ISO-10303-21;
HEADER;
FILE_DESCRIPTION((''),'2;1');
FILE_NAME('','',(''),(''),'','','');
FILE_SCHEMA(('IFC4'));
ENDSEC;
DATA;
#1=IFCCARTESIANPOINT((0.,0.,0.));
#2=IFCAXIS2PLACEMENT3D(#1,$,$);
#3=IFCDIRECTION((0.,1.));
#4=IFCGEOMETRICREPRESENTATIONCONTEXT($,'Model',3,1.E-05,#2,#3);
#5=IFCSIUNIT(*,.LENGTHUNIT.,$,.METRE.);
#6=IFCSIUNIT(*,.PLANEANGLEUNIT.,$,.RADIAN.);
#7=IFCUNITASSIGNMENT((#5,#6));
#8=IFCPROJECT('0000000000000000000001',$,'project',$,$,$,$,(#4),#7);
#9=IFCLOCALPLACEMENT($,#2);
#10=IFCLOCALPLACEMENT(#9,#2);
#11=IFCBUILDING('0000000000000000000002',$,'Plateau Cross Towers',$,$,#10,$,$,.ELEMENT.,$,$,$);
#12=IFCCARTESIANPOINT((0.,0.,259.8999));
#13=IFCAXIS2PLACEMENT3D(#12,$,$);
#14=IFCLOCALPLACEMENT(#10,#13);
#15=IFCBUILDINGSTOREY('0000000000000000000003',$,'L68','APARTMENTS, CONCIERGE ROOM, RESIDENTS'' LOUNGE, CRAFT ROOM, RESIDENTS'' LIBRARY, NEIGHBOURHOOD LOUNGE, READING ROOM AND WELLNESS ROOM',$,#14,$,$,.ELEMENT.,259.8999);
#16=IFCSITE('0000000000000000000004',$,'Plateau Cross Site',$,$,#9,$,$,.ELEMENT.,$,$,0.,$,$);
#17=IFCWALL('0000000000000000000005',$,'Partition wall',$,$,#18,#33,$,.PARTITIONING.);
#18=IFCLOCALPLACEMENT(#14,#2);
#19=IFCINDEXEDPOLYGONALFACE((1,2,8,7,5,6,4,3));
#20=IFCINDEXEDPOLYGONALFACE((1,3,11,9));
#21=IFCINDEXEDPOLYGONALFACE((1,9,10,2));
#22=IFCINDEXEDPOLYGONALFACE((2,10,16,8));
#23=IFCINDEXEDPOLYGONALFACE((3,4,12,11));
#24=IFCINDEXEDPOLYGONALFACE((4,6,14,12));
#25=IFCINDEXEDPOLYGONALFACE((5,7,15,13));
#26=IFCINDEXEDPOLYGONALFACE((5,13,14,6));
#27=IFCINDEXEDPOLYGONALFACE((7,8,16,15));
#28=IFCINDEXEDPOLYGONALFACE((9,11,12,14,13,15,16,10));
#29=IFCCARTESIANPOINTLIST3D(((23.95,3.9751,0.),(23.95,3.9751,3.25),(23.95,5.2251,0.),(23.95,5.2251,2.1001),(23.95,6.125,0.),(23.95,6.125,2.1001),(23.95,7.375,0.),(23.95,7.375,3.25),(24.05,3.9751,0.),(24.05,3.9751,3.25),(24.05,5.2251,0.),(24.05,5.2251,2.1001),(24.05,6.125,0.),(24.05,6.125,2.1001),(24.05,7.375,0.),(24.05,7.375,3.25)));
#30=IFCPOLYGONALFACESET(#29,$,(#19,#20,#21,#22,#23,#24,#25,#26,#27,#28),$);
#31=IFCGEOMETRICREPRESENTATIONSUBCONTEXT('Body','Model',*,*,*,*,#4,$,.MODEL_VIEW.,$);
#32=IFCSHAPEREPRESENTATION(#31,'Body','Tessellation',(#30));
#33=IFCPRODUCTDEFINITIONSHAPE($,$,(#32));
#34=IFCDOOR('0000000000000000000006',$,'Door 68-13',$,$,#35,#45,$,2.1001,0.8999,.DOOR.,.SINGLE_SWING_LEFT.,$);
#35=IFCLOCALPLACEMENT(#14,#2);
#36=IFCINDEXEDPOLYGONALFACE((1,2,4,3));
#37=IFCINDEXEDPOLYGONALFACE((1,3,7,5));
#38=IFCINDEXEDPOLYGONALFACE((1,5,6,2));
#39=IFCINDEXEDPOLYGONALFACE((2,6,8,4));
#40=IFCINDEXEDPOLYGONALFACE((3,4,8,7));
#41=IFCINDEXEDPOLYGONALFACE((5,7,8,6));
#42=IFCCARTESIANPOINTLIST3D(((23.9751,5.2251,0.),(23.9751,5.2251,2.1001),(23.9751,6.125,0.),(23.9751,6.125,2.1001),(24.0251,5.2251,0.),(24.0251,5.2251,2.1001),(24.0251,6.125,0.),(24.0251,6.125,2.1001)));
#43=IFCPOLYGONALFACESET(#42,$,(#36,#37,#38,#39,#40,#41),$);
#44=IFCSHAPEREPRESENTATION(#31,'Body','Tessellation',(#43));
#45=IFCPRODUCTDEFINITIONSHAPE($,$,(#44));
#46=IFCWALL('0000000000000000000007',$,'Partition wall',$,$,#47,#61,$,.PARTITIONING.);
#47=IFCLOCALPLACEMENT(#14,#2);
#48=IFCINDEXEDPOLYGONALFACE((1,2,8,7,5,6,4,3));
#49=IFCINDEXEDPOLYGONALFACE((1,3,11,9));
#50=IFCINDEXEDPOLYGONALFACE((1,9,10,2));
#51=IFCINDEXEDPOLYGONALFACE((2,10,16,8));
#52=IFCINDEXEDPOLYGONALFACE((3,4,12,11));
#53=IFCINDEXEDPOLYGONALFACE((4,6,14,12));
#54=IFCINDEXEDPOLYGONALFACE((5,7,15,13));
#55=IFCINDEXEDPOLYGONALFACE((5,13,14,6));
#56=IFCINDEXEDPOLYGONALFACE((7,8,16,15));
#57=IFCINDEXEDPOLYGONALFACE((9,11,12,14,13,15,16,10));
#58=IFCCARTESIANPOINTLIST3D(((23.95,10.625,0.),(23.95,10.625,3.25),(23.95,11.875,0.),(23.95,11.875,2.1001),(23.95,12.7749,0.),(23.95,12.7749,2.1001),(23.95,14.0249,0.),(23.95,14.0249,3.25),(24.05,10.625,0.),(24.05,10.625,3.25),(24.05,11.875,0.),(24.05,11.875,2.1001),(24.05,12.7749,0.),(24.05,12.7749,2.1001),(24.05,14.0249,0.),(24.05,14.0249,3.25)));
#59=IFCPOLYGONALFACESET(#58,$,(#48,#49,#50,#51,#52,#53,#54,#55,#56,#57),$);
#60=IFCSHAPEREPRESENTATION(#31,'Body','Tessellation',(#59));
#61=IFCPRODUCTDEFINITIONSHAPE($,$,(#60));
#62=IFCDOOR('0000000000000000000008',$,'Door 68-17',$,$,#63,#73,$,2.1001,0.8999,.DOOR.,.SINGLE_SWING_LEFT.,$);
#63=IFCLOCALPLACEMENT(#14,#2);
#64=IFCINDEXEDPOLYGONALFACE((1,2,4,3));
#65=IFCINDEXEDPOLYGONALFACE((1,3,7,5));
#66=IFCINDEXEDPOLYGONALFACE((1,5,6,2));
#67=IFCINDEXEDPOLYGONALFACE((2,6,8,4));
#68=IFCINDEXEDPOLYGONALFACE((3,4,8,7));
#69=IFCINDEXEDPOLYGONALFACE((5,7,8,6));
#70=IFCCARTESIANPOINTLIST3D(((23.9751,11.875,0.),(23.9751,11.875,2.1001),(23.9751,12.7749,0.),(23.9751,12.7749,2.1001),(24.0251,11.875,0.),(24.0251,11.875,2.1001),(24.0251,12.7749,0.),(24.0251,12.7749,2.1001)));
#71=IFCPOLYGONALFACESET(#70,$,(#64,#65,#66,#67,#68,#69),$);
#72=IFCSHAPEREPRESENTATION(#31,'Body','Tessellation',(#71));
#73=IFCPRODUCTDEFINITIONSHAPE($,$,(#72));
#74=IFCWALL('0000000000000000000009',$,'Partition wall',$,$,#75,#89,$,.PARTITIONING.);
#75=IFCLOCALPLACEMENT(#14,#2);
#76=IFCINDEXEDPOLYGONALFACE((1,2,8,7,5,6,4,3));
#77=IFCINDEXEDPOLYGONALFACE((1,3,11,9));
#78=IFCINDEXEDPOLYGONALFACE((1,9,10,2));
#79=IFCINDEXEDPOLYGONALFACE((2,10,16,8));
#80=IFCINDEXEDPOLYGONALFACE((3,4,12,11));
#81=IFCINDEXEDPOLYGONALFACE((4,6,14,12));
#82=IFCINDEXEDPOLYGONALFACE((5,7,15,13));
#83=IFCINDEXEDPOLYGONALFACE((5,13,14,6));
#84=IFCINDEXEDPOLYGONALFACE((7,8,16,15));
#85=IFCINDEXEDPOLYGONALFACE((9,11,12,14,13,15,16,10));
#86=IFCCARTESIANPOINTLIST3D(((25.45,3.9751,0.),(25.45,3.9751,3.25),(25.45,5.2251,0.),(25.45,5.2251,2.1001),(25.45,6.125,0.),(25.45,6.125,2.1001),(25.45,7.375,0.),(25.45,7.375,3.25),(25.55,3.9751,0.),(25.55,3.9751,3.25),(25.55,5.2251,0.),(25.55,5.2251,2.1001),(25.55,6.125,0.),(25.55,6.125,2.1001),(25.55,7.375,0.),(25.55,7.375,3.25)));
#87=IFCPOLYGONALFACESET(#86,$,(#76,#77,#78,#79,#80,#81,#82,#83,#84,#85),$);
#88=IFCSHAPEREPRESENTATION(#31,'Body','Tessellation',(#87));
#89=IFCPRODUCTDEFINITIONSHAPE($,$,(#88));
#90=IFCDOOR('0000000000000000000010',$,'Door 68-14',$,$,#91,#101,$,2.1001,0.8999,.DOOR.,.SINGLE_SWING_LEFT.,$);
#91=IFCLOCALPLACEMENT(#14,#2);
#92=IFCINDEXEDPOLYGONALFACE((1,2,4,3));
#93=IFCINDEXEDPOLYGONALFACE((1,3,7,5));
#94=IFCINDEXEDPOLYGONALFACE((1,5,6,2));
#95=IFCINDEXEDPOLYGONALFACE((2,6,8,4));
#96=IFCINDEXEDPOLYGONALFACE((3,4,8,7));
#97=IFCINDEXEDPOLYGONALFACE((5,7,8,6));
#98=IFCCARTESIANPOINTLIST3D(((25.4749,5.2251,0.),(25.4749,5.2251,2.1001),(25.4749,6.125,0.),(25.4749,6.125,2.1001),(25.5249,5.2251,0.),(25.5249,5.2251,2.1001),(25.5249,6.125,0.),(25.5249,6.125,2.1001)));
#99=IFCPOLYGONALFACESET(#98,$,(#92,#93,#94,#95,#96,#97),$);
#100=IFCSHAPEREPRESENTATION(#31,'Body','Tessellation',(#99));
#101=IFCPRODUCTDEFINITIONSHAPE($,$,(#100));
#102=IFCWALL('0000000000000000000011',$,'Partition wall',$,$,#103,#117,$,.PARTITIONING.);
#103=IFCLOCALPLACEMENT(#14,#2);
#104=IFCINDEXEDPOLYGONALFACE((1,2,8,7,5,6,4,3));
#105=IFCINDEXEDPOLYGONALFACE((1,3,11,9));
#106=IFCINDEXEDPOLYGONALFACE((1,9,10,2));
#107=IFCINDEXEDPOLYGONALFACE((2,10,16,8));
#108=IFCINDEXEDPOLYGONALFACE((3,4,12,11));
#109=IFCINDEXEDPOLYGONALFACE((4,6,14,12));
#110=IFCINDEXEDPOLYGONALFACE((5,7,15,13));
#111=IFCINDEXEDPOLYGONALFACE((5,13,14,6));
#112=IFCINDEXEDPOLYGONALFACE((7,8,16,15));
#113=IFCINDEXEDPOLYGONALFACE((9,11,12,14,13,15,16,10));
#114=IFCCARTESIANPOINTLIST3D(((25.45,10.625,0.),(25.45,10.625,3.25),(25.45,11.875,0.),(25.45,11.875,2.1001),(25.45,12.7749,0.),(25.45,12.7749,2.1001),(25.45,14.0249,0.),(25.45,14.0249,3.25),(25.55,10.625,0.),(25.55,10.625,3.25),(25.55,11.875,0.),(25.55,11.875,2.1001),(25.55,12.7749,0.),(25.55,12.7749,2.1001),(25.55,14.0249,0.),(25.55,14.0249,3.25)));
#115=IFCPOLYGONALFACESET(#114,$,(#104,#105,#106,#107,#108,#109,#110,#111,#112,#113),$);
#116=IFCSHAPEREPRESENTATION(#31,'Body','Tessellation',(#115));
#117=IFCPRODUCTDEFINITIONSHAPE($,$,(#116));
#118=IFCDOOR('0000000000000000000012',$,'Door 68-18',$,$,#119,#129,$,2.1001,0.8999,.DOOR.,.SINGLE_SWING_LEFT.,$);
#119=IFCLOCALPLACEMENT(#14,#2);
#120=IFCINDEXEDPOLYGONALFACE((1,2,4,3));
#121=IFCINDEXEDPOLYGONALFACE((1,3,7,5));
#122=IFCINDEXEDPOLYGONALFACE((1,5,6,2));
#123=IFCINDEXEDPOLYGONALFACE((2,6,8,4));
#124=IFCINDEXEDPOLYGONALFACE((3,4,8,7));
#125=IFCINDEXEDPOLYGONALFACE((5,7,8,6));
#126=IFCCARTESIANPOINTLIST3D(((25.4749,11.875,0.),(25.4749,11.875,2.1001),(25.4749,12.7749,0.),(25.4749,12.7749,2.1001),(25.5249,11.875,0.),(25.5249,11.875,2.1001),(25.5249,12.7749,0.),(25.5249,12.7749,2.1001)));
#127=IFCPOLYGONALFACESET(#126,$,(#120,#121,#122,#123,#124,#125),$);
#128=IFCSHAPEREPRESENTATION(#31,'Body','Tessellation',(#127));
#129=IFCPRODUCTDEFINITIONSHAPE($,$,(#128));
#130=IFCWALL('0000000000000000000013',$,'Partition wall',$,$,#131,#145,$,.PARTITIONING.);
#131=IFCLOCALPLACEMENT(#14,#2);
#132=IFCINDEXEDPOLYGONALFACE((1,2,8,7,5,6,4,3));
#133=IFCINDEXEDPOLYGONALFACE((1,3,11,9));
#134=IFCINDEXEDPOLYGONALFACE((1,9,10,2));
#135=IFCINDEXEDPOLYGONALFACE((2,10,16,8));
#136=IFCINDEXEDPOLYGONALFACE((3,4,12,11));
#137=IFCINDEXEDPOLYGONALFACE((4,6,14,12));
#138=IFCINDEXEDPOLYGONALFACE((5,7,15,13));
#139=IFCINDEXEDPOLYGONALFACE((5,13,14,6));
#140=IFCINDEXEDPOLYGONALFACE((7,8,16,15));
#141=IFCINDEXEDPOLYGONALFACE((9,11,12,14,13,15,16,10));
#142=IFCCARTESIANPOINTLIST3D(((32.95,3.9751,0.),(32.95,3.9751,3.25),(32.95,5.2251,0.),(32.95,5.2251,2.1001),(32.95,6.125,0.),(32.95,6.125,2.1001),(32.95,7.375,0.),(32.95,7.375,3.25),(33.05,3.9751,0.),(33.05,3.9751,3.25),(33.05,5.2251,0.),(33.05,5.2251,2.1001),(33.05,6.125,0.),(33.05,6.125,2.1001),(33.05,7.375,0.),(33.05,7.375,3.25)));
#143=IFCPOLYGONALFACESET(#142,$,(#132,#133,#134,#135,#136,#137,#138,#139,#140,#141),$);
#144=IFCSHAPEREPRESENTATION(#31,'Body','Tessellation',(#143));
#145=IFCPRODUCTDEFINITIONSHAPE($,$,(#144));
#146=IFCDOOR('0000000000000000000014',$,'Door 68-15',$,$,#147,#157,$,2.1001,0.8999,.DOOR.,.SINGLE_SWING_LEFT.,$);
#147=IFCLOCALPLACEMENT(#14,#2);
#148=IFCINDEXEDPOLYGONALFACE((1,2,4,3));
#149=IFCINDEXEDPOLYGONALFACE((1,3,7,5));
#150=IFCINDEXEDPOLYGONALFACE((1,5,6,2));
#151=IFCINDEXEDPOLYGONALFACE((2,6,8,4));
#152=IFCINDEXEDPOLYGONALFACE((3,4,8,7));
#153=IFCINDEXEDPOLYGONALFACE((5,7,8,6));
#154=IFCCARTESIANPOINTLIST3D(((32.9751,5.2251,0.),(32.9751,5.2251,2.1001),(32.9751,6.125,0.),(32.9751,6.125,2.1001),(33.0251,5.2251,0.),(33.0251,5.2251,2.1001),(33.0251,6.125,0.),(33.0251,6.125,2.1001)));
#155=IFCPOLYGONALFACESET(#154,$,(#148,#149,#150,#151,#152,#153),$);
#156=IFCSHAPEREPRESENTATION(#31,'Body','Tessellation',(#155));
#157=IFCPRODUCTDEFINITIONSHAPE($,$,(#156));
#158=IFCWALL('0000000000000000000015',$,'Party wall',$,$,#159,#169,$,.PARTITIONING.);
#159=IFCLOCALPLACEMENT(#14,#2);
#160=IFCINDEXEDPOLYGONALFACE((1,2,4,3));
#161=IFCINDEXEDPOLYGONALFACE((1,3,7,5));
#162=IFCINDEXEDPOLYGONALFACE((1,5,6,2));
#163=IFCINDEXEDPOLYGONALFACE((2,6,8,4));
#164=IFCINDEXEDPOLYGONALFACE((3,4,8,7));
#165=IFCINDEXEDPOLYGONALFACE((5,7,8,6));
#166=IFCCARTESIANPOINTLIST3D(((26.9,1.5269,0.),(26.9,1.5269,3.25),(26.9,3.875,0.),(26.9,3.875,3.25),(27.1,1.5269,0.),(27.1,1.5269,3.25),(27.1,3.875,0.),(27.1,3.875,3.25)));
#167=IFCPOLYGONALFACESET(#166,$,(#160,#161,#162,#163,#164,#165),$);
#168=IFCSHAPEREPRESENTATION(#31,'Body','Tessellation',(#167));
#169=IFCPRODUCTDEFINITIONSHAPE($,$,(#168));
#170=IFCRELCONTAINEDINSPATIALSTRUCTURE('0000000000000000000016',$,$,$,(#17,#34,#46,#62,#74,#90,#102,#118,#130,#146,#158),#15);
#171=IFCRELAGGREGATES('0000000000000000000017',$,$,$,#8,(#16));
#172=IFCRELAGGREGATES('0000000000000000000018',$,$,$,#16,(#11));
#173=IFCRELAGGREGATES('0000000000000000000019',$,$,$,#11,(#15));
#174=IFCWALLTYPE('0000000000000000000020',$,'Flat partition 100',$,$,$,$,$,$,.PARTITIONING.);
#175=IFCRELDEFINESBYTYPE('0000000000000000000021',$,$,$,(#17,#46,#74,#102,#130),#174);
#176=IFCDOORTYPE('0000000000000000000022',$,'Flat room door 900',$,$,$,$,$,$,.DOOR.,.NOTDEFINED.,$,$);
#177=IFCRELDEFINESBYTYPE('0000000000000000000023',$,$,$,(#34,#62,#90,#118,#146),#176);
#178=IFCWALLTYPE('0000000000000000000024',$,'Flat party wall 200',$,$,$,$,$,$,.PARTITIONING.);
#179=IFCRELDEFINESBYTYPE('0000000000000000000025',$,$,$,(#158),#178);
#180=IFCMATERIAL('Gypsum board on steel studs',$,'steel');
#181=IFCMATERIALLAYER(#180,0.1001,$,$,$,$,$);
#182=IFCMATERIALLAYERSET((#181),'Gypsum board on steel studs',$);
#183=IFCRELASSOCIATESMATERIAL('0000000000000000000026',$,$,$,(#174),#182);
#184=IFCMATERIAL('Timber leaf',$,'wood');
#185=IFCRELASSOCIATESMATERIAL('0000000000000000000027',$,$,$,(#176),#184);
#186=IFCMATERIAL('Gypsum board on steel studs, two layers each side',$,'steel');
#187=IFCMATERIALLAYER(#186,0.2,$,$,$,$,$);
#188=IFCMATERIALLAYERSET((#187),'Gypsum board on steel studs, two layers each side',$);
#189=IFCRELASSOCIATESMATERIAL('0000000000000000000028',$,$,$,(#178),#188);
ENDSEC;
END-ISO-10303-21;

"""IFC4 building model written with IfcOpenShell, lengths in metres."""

from ifc_helpers import new_model, si_unit, direction, frame, frame_2d, origin, place, context, subcontext, project, spatial, rectangle, extrude, material, layer, layer_set, type_object, element, fill, save


model = new_model("IFC4")

# Units and contexts
model_context = context("Model", 3, precision=1e-05, world=origin(), true_north=direction((0.0, 1.0)))
body_context = subcontext(model_context, "Body", "Model", "MODEL_VIEW")
ifc_project = project(units=[si_unit("LENGTHUNIT", "METRE"), si_unit("PLANEANGLEUNIT", "RADIAN")], contexts=[model_context])

# Site, building, storey
site_placement = place(None, origin())
site = spatial("IfcSite", under=ifc_project, at=site_placement, Name="Plateau Cross Site", CompositionType="ELEMENT", RefElevation=0.0)
building_placement = place(site_placement, origin())
building = spatial("IfcBuilding", under=site, at=building_placement, Name="Plateau Cross Towers", CompositionType="ELEMENT")
storey_placement = place(building_placement, frame((0.0, 0.0, 259.8999)))
storey = spatial("IfcBuildingStorey", under=building, at=storey_placement, Name="L68", Description="APARTMENTS, CONCIERGE ROOM, RESIDENTS' LOUNGE, CRAFT ROOM, RESIDENTS' LIBRARY, NEIGHBOURHOOD LOUNGE, READING ROOM AND WELLNESS ROOM", CompositionType="ELEMENT", Elevation=259.8999)

# Shared definitions
ifc_material_1 = material(Name="Gypsum board on steel studs", Category="steel")
ifc_layer_1 = layer(ifc_material_1, 0.1001)
ifc_layer_set_1 = layer_set([ifc_layer_1], Name="Gypsum board on steel studs")
wall_type_1 = type_object("IfcWallType", Name="Flat partition 100", PredefinedType="PARTITIONING", material=ifc_layer_set_1)

# Walls, openings, doors
wall_1_placement = place(storey_placement, frame((24.0, 3.9751, 0.0), z_axis=(0.0, 0.0, 1.0), x_axis=(0.0, 1.0, 0.0)))
wall_1 = element("IfcWall", 1, at=wall_1_placement, inside=storey, type_object=wall_type_1, Name="Partition wall", PredefinedType="PARTITIONING", context=body_context, shape_type="SweptSolid", body=[
    extrude(rectangle(XDim=3.3999, YDim=0.1001, at=frame_2d((1.7, 0.0))), origin(), (0.0, 0.0, 1.0), 3.25),
])
opening_1_placement = place(wall_1_placement, frame((1.25, 0.0, 0.0)))
opening_1 = element("IfcOpeningElement", 2, at=opening_1_placement, cuts=wall_1, PredefinedType="OPENING", context=body_context, shape_type="SweptSolid", body=[
    extrude(rectangle(XDim=0.8999, YDim=2.1001, at=frame_2d((0.45, 1.05))), frame((0.0, 0.0601, 0.0), z_axis=(0.0, -1.0, 0.0), x_axis=(1.0, 0.0, 0.0)), (0.0, 0.0, 1.0), 0.1201),
])
ifc_material_2 = material(Name="Timber leaf", Category="wood")
door_type_1 = type_object("IfcDoorType", Name="Flat room door 900", OperationType="NOTDEFINED", PredefinedType="DOOR", material=ifc_material_2)
door_1_placement = place(opening_1_placement, origin())
door_1 = element("IfcDoor", 3, at=door_1_placement, inside=storey, type_object=door_type_1, Name="Door 68-13", OperationType="SINGLE_SWING_LEFT", OverallHeight=2.1001, OverallWidth=0.8999, PredefinedType="DOOR", context=body_context, shape_type="SweptSolid", body=[
    extrude(rectangle(XDim=0.8999, YDim=2.1001, at=frame_2d((0.45, 1.05))), frame((0.0, 0.0249, 0.0), z_axis=(0.0, -1.0, 0.0), x_axis=(1.0, 0.0, 0.0)), (0.0, 0.0, 1.0), 0.05),
])
fill(opening_1, door_1)
wall_2_placement = place(storey_placement, frame((24.0, 10.625, 0.0), z_axis=(0.0, 0.0, 1.0), x_axis=(0.0, 1.0, 0.0)))
wall_2 = element("IfcWall", 4, at=wall_2_placement, inside=storey, type_object=wall_type_1, Name="Partition wall", PredefinedType="PARTITIONING", context=body_context, shape_type="SweptSolid", body=[
    extrude(rectangle(XDim=3.3999, YDim=0.1001, at=frame_2d((1.7, 0.0))), origin(), (0.0, 0.0, 1.0), 3.25),
])
opening_2_placement = place(wall_2_placement, frame((1.25, 0.0, 0.0)))
opening_2 = element("IfcOpeningElement", 5, at=opening_2_placement, cuts=wall_2, PredefinedType="OPENING", context=body_context, shape_type="SweptSolid", body=[
    extrude(rectangle(XDim=0.8999, YDim=2.1001, at=frame_2d((0.45, 1.05))), frame((0.0, 0.0601, 0.0), z_axis=(0.0, -1.0, 0.0), x_axis=(1.0, 0.0, 0.0)), (0.0, 0.0, 1.0), 0.1201),
])
door_2_placement = place(opening_2_placement, origin())
door_2 = element("IfcDoor", 6, at=door_2_placement, inside=storey, type_object=door_type_1, Name="Door 68-17", OperationType="SINGLE_SWING_LEFT", OverallHeight=2.1001, OverallWidth=0.8999, PredefinedType="DOOR", context=body_context, shape_type="SweptSolid", body=[
    extrude(rectangle(XDim=0.8999, YDim=2.1001, at=frame_2d((0.45, 1.05))), frame((0.0, 0.0249, 0.0), z_axis=(0.0, -1.0, 0.0), x_axis=(1.0, 0.0, 0.0)), (0.0, 0.0, 1.0), 0.05),
])
fill(opening_2, door_2)
wall_3_placement = place(storey_placement, frame((25.5, 7.375, 0.0), z_axis=(0.0, 0.0, 1.0), x_axis=(0.0, -1.0, 0.0)))
wall_3 = element("IfcWall", 7, at=wall_3_placement, inside=storey, type_object=wall_type_1, Name="Partition wall", PredefinedType="PARTITIONING", context=body_context, shape_type="SweptSolid", body=[
    extrude(rectangle(XDim=3.3999, YDim=0.1001, at=frame_2d((1.7, 0.0))), origin(), (0.0, 0.0, 1.0), 3.25),
])
opening_3_placement = place(wall_3_placement, frame((1.25, 0.0, 0.0)))
opening_3 = element("IfcOpeningElement", 8, at=opening_3_placement, cuts=wall_3, PredefinedType="OPENING", context=body_context, shape_type="SweptSolid", body=[
    extrude(rectangle(XDim=0.8999, YDim=2.1001, at=frame_2d((0.45, 1.05))), frame((0.0, 0.0601, 0.0), z_axis=(0.0, -1.0, 0.0), x_axis=(1.0, 0.0, 0.0)), (0.0, 0.0, 1.0), 0.1201),
])
door_3_placement = place(opening_3_placement, origin())
door_3 = element("IfcDoor", 9, at=door_3_placement, inside=storey, type_object=door_type_1, Name="Door 68-14", OperationType="SINGLE_SWING_LEFT", OverallHeight=2.1001, OverallWidth=0.8999, PredefinedType="DOOR", context=body_context, shape_type="SweptSolid", body=[
    extrude(rectangle(XDim=0.8999, YDim=2.1001, at=frame_2d((0.45, 1.05))), frame((0.0, 0.0249, 0.0), z_axis=(0.0, -1.0, 0.0), x_axis=(1.0, 0.0, 0.0)), (0.0, 0.0, 1.0), 0.05),
])
fill(opening_3, door_3)
wall_4_placement = place(storey_placement, frame((25.5, 14.0249, 0.0), z_axis=(0.0, 0.0, 1.0), x_axis=(0.0, -1.0, 0.0)))
wall_4 = element("IfcWall", 10, at=wall_4_placement, inside=storey, type_object=wall_type_1, Name="Partition wall", PredefinedType="PARTITIONING", context=body_context, shape_type="SweptSolid", body=[
    extrude(rectangle(XDim=3.3999, YDim=0.1001, at=frame_2d((1.7, 0.0))), origin(), (0.0, 0.0, 1.0), 3.25),
])
opening_4_placement = place(wall_4_placement, frame((1.25, 0.0, 0.0)))
opening_4 = element("IfcOpeningElement", 11, at=opening_4_placement, cuts=wall_4, PredefinedType="OPENING", context=body_context, shape_type="SweptSolid", body=[
    extrude(rectangle(XDim=0.8999, YDim=2.1001, at=frame_2d((0.45, 1.05))), frame((0.0, 0.0601, 0.0), z_axis=(0.0, -1.0, 0.0), x_axis=(1.0, 0.0, 0.0)), (0.0, 0.0, 1.0), 0.1201),
])
door_4_placement = place(opening_4_placement, origin())
door_4 = element("IfcDoor", 12, at=door_4_placement, inside=storey, type_object=door_type_1, Name="Door 68-18", OperationType="SINGLE_SWING_LEFT", OverallHeight=2.1001, OverallWidth=0.8999, PredefinedType="DOOR", context=body_context, shape_type="SweptSolid", body=[
    extrude(rectangle(XDim=0.8999, YDim=2.1001, at=frame_2d((0.45, 1.05))), frame((0.0, 0.0249, 0.0), z_axis=(0.0, -1.0, 0.0), x_axis=(1.0, 0.0, 0.0)), (0.0, 0.0, 1.0), 0.05),
])
fill(opening_4, door_4)
wall_5_placement = place(storey_placement, frame((33.0, 3.9751, 0.0), z_axis=(0.0, 0.0, 1.0), x_axis=(0.0, 1.0, 0.0)))
wall_5 = element("IfcWall", 13, at=wall_5_placement, inside=storey, type_object=wall_type_1, Name="Partition wall", PredefinedType="PARTITIONING", context=body_context, shape_type="SweptSolid", body=[
    extrude(rectangle(XDim=3.3999, YDim=0.1001, at=frame_2d((1.7, 0.0))), origin(), (0.0, 0.0, 1.0), 3.25),
])
opening_5_placement = place(wall_5_placement, frame((1.25, 0.0, 0.0)))
opening_5 = element("IfcOpeningElement", 14, at=opening_5_placement, cuts=wall_5, PredefinedType="OPENING", context=body_context, shape_type="SweptSolid", body=[
    extrude(rectangle(XDim=0.8999, YDim=2.1001, at=frame_2d((0.45, 1.05))), frame((0.0, 0.0601, 0.0), z_axis=(0.0, -1.0, 0.0), x_axis=(1.0, 0.0, 0.0)), (0.0, 0.0, 1.0), 0.1201),
])
door_5_placement = place(opening_5_placement, origin())
door_5 = element("IfcDoor", 15, at=door_5_placement, inside=storey, type_object=door_type_1, Name="Door 68-15", OperationType="SINGLE_SWING_LEFT", OverallHeight=2.1001, OverallWidth=0.8999, PredefinedType="DOOR", context=body_context, shape_type="SweptSolid", body=[
    extrude(rectangle(XDim=0.8999, YDim=2.1001, at=frame_2d((0.45, 1.05))), frame((0.0, 0.0249, 0.0), z_axis=(0.0, -1.0, 0.0), x_axis=(1.0, 0.0, 0.0)), (0.0, 0.0, 1.0), 0.05),
])
fill(opening_5, door_5)

# Wall
ifc_material_3 = material(Name="Gypsum board on steel studs, two layers each side", Category="steel")
ifc_layer_2 = layer(ifc_material_3, 0.2)
ifc_layer_set_2 = layer_set([ifc_layer_2], Name="Gypsum board on steel studs, two layers each side")
wall_type_2 = type_object("IfcWallType", Name="Flat party wall 200", PredefinedType="PARTITIONING", material=ifc_layer_set_2)
for number, where, z_axis, x_axis, name in (
    (16, (27.0, 3.875, 0.0), (0.0, 0.0, 1.0), (0.0, -1.0, 0.0), "Party wall"),
):
    element("IfcWall", number, at=place(storey_placement, frame(where, z_axis=z_axis, x_axis=x_axis)), inside=storey, type_object=wall_type_2, Name=name, PredefinedType="PARTITIONING", context=body_context, shape_type="SweptSolid", body=[
        extrude(rectangle(XDim=2.3481, YDim=0.2, at=frame_2d((1.1741, 0.0))), origin(), (0.0, 0.0, 1.0), 3.25),
    ])

save(model, "model.ifc")
